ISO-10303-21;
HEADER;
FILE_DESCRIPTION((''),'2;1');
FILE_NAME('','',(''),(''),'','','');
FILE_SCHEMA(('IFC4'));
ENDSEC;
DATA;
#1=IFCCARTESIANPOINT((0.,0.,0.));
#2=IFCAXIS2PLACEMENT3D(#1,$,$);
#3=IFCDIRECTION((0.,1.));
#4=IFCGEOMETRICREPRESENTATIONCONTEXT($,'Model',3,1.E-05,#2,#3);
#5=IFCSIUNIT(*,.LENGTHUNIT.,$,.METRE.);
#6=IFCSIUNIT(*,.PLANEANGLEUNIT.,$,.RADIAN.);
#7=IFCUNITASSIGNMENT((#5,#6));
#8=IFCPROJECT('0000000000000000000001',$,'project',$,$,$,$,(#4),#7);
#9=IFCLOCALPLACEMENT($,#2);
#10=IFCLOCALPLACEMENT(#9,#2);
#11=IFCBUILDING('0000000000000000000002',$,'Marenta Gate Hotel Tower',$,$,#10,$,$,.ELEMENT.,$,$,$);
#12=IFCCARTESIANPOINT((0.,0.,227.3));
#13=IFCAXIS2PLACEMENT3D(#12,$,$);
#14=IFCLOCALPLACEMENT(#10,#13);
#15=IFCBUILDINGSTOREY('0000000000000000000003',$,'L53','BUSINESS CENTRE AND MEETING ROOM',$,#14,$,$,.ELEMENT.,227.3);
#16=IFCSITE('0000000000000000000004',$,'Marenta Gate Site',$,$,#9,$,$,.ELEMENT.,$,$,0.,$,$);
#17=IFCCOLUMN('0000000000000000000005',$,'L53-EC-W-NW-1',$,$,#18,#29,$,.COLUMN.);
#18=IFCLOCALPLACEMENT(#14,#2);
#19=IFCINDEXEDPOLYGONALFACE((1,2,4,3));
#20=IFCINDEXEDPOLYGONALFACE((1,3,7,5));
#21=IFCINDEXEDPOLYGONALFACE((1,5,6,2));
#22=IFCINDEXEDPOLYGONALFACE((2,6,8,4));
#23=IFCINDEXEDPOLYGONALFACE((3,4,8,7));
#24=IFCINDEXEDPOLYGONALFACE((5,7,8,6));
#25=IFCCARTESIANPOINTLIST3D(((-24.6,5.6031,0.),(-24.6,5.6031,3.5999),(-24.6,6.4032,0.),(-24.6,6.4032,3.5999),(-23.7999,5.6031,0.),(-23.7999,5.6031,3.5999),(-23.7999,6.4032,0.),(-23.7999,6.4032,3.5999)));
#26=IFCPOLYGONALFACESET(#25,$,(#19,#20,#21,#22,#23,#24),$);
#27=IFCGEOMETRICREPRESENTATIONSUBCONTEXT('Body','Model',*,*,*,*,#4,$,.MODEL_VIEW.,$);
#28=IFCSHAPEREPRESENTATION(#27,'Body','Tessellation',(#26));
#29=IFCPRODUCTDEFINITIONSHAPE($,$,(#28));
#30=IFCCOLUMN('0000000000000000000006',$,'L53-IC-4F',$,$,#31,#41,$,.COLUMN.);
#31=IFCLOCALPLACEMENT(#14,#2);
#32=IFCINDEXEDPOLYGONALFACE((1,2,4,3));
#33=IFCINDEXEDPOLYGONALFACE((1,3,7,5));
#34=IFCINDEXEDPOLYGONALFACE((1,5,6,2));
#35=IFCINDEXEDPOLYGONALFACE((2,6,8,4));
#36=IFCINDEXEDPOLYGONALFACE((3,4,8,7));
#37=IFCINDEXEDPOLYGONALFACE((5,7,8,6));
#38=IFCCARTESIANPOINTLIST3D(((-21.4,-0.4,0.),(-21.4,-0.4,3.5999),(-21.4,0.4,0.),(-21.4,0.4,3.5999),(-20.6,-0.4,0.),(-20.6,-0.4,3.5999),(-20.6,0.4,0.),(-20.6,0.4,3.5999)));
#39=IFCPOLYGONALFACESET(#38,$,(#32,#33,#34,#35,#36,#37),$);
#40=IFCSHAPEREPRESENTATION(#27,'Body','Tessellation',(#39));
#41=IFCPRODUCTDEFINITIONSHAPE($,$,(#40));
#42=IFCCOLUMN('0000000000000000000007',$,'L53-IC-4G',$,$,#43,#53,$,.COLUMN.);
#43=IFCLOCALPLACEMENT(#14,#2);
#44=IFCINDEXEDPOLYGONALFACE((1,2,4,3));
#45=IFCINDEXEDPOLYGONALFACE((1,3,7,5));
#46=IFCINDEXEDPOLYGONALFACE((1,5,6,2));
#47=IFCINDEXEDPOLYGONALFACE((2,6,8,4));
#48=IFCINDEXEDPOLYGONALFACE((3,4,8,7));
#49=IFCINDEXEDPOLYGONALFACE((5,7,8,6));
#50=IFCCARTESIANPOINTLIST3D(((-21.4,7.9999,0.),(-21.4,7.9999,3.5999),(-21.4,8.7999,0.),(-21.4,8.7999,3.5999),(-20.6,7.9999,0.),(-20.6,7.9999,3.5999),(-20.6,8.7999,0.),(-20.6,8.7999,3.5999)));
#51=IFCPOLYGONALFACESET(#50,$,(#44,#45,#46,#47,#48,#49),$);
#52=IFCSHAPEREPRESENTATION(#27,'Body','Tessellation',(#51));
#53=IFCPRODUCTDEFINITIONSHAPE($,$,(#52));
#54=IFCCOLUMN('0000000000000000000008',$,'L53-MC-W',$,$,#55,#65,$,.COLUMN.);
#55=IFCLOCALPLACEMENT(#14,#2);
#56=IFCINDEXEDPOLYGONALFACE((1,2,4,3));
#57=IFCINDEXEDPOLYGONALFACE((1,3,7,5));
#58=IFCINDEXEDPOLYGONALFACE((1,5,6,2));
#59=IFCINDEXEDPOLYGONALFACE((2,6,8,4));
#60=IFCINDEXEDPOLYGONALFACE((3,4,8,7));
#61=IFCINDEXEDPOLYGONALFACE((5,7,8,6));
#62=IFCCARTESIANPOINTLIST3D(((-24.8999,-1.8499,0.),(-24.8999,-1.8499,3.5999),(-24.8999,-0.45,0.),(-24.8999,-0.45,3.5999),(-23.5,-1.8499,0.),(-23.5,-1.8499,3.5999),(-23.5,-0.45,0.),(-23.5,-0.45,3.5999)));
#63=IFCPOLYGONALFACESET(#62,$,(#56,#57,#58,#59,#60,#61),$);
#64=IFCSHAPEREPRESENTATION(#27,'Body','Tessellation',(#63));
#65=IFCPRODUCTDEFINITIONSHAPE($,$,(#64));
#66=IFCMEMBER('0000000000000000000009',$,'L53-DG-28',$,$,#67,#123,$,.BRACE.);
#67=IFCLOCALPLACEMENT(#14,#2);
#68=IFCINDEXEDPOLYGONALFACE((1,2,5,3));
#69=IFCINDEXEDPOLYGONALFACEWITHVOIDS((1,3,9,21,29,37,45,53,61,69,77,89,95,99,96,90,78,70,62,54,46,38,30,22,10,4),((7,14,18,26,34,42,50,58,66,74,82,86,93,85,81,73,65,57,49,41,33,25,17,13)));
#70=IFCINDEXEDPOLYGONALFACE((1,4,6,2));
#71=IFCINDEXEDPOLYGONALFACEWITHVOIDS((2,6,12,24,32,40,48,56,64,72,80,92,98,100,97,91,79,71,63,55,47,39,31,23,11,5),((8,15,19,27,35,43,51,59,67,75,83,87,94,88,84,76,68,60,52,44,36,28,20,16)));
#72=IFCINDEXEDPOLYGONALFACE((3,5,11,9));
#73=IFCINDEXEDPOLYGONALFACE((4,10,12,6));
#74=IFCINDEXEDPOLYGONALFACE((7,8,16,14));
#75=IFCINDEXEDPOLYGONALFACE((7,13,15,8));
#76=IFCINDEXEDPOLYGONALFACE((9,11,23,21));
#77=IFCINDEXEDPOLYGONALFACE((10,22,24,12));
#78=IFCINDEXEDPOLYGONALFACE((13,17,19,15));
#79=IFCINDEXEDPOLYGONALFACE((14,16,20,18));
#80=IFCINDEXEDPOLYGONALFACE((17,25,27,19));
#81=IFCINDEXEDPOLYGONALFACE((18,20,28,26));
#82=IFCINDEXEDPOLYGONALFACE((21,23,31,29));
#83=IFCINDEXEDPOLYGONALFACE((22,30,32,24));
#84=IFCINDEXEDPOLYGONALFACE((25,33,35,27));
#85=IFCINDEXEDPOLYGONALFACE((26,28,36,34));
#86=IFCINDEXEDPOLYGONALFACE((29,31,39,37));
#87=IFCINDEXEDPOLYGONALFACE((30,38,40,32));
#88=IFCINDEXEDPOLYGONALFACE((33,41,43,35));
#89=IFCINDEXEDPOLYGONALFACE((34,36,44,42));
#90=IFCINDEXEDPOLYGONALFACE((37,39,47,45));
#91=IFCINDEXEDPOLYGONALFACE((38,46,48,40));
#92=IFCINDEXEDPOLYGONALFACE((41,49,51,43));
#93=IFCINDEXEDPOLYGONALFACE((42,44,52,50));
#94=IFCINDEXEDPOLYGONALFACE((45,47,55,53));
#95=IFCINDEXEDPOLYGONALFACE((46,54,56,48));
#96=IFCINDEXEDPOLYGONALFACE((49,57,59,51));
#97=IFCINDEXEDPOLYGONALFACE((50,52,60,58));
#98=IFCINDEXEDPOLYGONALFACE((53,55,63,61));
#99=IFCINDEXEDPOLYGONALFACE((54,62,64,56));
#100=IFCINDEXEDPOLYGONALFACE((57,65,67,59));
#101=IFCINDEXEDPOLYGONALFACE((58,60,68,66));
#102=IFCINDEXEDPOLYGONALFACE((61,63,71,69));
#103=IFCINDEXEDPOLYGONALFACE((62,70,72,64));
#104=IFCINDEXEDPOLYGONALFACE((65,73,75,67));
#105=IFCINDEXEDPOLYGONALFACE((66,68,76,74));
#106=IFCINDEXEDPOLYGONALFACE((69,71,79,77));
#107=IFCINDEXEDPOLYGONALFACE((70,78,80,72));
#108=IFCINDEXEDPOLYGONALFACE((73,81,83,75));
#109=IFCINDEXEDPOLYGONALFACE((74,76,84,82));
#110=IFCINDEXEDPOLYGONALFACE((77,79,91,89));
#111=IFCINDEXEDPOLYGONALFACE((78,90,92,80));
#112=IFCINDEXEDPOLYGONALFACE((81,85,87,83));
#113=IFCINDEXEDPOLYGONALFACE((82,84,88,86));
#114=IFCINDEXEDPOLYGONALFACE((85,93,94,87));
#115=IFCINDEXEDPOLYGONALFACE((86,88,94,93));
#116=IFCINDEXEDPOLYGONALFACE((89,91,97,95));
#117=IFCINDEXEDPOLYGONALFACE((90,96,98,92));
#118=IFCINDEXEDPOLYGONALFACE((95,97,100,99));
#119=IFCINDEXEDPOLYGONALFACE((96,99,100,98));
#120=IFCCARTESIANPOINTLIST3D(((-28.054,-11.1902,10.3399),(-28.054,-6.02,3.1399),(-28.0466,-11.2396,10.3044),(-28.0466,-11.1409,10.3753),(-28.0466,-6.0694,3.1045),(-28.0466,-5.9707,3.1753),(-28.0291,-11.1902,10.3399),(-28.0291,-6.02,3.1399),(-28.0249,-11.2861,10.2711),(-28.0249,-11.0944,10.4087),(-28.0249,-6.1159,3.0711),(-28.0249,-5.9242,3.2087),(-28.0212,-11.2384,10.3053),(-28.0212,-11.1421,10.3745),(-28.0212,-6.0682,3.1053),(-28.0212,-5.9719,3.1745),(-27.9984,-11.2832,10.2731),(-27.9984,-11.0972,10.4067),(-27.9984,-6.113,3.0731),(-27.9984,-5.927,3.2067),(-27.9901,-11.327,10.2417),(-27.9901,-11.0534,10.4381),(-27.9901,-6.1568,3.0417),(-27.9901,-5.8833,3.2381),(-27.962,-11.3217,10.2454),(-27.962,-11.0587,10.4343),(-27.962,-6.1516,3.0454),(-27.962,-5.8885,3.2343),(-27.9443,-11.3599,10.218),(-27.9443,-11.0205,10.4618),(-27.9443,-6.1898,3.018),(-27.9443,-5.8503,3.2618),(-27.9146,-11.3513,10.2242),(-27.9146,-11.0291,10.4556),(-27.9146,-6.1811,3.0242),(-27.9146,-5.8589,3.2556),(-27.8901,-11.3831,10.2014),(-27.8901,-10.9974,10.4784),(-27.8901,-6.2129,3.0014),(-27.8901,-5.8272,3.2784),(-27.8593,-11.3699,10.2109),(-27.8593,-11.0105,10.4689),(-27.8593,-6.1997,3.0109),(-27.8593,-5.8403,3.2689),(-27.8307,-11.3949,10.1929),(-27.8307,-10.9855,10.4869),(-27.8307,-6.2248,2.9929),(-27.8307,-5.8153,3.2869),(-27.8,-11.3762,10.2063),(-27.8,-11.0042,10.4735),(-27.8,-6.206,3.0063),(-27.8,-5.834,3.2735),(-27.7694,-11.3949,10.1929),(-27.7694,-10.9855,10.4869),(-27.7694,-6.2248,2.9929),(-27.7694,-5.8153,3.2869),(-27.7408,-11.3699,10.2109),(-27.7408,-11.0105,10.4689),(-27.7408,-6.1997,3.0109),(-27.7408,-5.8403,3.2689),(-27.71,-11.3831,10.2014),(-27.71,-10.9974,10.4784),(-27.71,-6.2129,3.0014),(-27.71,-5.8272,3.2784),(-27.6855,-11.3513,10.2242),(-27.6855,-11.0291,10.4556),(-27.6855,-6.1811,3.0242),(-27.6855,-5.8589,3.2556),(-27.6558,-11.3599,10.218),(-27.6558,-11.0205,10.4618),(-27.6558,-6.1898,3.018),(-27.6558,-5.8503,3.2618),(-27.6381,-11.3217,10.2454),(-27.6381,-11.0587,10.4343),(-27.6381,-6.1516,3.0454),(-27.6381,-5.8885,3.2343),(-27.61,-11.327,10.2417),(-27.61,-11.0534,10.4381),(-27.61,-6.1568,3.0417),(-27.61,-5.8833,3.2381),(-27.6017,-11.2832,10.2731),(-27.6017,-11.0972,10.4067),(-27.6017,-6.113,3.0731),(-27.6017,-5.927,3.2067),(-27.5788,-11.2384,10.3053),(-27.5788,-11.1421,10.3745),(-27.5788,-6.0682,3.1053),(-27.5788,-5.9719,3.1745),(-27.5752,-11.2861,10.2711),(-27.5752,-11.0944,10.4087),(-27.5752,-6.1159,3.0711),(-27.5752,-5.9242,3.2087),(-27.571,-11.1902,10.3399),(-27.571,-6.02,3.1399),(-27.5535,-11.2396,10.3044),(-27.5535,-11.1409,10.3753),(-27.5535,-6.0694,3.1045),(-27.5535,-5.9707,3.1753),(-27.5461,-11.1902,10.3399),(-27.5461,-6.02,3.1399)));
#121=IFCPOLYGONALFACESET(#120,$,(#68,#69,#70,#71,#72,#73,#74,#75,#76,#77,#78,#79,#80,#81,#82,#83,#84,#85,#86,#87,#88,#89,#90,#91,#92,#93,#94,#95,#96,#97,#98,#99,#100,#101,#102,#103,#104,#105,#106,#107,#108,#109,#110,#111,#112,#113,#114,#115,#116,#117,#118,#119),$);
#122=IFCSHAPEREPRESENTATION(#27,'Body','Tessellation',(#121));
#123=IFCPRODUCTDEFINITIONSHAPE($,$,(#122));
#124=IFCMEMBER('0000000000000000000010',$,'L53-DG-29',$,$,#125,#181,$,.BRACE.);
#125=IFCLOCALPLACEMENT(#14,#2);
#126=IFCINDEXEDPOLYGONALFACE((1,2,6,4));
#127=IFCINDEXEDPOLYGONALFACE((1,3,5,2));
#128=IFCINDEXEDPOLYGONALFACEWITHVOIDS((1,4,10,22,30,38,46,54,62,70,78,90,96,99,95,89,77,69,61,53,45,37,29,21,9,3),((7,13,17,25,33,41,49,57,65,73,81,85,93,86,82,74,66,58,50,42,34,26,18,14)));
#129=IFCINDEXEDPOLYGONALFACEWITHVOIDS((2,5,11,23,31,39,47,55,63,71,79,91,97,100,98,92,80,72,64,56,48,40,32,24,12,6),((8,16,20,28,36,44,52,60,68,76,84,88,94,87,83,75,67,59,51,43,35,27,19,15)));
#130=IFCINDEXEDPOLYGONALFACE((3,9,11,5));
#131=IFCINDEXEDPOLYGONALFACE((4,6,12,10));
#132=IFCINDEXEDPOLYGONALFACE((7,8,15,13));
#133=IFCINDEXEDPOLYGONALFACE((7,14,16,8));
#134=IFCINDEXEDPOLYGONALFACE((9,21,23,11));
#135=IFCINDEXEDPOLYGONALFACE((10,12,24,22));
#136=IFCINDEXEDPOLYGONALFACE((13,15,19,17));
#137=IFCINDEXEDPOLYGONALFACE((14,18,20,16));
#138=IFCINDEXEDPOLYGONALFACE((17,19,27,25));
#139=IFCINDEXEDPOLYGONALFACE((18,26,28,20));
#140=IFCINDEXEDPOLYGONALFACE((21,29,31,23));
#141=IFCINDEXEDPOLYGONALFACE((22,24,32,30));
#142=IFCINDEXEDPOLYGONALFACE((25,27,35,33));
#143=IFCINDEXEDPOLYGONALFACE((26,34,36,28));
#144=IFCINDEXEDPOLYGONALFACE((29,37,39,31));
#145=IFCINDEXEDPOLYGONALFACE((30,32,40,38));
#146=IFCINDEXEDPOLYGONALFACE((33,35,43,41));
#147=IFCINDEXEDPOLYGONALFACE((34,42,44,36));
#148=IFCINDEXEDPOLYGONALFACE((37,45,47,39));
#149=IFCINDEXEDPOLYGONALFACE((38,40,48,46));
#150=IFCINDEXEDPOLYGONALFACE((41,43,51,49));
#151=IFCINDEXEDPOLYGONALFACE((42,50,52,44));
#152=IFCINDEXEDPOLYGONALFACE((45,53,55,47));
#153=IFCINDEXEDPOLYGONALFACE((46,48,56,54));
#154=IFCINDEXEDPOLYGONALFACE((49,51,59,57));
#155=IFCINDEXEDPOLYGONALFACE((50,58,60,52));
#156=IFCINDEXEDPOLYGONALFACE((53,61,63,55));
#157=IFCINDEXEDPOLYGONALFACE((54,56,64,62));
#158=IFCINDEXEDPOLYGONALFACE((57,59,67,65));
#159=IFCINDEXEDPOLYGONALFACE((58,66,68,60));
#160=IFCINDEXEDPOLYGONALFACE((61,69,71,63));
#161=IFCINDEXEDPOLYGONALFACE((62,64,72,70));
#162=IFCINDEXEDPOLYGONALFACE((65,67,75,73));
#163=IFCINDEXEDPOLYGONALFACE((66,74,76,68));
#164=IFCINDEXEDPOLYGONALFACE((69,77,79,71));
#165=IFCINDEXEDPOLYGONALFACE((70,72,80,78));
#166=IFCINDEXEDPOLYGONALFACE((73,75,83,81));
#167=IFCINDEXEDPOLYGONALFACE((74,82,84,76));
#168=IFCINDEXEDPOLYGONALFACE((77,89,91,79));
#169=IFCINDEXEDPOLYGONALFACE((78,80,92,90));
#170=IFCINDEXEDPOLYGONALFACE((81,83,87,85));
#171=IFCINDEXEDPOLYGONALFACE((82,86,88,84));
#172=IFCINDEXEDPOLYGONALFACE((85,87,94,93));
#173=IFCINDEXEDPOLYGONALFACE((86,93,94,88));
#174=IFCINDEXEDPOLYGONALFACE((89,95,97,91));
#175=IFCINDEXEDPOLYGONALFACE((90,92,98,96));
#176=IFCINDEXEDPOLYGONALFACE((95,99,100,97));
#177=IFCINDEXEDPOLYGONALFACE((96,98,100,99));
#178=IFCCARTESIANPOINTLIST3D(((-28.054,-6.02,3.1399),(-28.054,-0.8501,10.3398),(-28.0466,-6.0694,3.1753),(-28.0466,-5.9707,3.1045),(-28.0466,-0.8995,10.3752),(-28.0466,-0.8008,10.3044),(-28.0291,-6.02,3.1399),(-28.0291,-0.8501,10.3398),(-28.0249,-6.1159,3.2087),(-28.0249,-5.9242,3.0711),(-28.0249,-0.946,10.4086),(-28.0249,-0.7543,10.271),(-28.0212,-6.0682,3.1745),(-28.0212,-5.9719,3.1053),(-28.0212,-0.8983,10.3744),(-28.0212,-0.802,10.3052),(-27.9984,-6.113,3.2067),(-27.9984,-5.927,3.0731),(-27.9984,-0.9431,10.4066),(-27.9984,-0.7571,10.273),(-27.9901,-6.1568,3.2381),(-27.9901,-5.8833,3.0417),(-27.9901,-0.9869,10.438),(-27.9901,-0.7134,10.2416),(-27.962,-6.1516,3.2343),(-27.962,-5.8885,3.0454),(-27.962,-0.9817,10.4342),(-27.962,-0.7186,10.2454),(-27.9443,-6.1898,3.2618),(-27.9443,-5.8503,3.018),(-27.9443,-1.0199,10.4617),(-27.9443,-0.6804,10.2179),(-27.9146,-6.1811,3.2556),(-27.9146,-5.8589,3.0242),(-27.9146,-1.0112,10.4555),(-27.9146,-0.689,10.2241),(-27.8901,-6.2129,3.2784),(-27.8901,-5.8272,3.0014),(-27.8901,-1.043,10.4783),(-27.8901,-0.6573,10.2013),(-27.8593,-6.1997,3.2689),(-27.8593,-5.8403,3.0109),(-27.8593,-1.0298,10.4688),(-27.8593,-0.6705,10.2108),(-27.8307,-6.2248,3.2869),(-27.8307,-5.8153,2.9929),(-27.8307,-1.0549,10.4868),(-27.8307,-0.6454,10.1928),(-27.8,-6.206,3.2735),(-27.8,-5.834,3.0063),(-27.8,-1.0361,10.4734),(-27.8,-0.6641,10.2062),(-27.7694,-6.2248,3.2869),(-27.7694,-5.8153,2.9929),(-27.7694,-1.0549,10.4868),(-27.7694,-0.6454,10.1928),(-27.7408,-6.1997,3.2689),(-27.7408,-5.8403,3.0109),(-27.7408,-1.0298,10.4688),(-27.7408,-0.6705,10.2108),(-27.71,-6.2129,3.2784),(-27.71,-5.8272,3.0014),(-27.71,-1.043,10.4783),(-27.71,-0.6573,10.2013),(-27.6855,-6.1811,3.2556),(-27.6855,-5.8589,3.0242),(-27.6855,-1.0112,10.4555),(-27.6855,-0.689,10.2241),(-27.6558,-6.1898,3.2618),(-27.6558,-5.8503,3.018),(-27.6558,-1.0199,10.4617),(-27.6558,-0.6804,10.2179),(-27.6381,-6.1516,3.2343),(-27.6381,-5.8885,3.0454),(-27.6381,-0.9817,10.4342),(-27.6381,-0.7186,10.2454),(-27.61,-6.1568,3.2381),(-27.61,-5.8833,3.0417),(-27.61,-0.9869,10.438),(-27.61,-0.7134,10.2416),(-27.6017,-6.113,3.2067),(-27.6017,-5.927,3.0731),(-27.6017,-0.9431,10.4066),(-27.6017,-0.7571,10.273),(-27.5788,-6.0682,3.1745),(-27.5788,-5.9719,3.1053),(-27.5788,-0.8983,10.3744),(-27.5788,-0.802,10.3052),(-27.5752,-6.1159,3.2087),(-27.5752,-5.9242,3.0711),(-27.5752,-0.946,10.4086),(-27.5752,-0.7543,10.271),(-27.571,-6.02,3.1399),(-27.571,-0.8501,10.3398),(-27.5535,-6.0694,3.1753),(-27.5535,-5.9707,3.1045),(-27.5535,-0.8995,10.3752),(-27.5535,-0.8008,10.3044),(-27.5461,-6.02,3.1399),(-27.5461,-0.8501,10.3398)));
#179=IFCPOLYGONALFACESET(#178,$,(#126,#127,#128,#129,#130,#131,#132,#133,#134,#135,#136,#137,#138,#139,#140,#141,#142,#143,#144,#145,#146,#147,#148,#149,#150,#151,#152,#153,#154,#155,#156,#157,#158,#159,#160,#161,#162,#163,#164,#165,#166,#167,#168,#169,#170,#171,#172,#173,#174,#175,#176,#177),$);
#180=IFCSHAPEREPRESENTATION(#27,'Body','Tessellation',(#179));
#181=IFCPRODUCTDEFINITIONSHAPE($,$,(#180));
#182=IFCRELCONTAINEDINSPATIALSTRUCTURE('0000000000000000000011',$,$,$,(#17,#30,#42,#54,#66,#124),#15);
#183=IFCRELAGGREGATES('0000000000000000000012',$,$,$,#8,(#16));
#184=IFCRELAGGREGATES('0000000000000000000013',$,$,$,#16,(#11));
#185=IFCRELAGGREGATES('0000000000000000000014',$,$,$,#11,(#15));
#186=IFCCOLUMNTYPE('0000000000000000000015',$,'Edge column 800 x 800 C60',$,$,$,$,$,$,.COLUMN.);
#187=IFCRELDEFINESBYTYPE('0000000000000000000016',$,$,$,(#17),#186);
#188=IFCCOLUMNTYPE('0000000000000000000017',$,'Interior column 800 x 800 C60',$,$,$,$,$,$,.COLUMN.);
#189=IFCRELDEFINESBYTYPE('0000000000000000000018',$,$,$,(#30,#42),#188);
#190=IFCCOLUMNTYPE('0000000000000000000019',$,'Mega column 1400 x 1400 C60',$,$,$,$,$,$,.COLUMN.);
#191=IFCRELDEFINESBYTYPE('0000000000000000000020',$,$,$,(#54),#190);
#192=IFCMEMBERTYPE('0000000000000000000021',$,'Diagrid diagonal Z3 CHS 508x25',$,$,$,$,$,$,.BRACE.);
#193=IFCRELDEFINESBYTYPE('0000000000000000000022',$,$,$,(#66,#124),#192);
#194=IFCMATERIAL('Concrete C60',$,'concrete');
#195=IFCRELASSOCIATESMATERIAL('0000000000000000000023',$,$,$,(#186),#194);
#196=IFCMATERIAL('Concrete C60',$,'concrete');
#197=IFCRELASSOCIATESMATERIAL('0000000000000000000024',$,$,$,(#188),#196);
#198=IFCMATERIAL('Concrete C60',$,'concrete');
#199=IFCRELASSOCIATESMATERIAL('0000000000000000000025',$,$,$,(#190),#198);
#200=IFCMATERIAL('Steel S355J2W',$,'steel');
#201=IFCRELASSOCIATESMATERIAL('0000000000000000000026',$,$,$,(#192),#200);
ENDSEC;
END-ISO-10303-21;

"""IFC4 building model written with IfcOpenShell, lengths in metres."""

from ifc_helpers import new_model, si_unit, direction, frame, origin, origin_2d, place, context, subcontext, project, spatial, rectangle, hollow_circle, extrude, material, material_profile, profile_set, type_object, element, save


model = new_model("IFC4")

# Units and contexts
model_context = context("Model", 3, precision=1e-05, world=origin(), true_north=direction((0.0, 1.0)))
body_context = subcontext(model_context, "Body", "Model", "MODEL_VIEW")
ifc_project = project(units=[si_unit("LENGTHUNIT", "METRE"), si_unit("PLANEANGLEUNIT", "RADIAN")], contexts=[model_context])

# Site, building, storey
site_placement = place(None, origin())
site = spatial("IfcSite", under=ifc_project, at=site_placement, Name="Marenta Gate Site", CompositionType="ELEMENT", RefElevation=0.0)
building_placement = place(site_placement, origin())
building = spatial("IfcBuilding", under=site, at=building_placement, Name="Marenta Gate Hotel Tower", CompositionType="ELEMENT")
storey_placement = place(building_placement, frame((0.0, 0.0, 227.3)))
storey = spatial("IfcBuildingStorey", under=building, at=storey_placement, Name="L53", Description="BUSINESS CENTRE AND MEETING ROOM", CompositionType="ELEMENT", Elevation=227.3)

# Columns
ifc_material_1 = material(Name="Concrete C60", Category="concrete")
ifc_material_profile_1 = material_profile(ifc_material_1, rectangle(XDim=0.8, YDim=0.8, at=origin_2d()), Name="800 x 800")
ifc_profile_set_1 = profile_set([ifc_material_profile_1], Name="Concrete C60")
column_type_1 = type_object("IfcColumnType", Name="Edge column 800 x 800 C60", PredefinedType="COLUMN", material=ifc_profile_set_1)
column_1_placement = place(storey_placement, frame((-24.2, 6.0032, 0.0), z_axis=(0.0, 0.0, 1.0), x_axis=(1.0, 0.0, 0.0)))
element("IfcColumn", 1, at=column_1_placement, inside=storey, type_object=column_type_1, Name="L53-EC-W-NW-1", PredefinedType="COLUMN", context=body_context, shape_type="SweptSolid", body=[
    extrude(rectangle(XDim=0.8, YDim=0.8, at=origin_2d()), origin(), (0.0, 0.0, 1.0), 3.5999),
])
ifc_material_2 = material(Name="Concrete C60", Category="concrete")
ifc_material_profile_2 = material_profile(ifc_material_2, rectangle(XDim=0.8, YDim=0.8, at=origin_2d()), Name="800 x 800")
ifc_profile_set_2 = profile_set([ifc_material_profile_2], Name="Concrete C60")
column_type_2 = type_object("IfcColumnType", Name="Interior column 800 x 800 C60", PredefinedType="COLUMN", material=ifc_profile_set_2)
for number, where, z_axis, x_axis, name in (
    (2, (-21.0, 0.0, 0.0), (0.0, 0.0, 1.0), (1.0, 0.0, 0.0), "L53-IC-4F"),
    (3, (-21.0, 8.3999, 0.0), (0.0, 0.0, 1.0), (1.0, 0.0, 0.0), "L53-IC-4G"),
):
    element("IfcColumn", number, at=place(storey_placement, frame(where, z_axis=z_axis, x_axis=x_axis)), inside=storey, type_object=column_type_2, Name=name, PredefinedType="COLUMN", context=body_context, shape_type="SweptSolid", body=[
        extrude(rectangle(XDim=0.8, YDim=0.8, at=origin_2d()), origin(), (0.0, 0.0, 1.0), 3.5999),
    ])
ifc_material_3 = material(Name="Concrete C60", Category="concrete")
ifc_material_profile_3 = material_profile(ifc_material_3, rectangle(XDim=1.3999, YDim=1.3999, at=origin_2d()), Name="1400 x 1400")
ifc_profile_set_3 = profile_set([ifc_material_profile_3], Name="Concrete C60")
column_type_3 = type_object("IfcColumnType", Name="Mega column 1400 x 1400 C60", PredefinedType="COLUMN", material=ifc_profile_set_3)
column_2_placement = place(storey_placement, frame((-24.2, -1.1499, 0.0), z_axis=(0.0, 0.0, 1.0), x_axis=(1.0, 0.0, 0.0)))
element("IfcColumn", 4, at=column_2_placement, inside=storey, type_object=column_type_3, Name="L53-MC-W", PredefinedType="COLUMN", context=body_context, shape_type="SweptSolid", body=[
    extrude(rectangle(XDim=1.3999, YDim=1.3999, at=origin_2d()), origin(), (0.0, 0.0, 1.0), 3.5999),
])

# Members
ifc_material_4 = material(Name="Steel S355J2W", Category="steel")
ifc_material_profile_4 = material_profile(ifc_material_4, hollow_circle(Radius=0.2539, WallThickness=0.0249, at=origin_2d()), Name="CHS 508x25")
ifc_profile_set_4 = profile_set([ifc_material_profile_4], Name="Steel S355J2W")
member_type_1 = type_object("IfcMemberType", Name="Diagrid diagonal Z3 CHS 508x25", PredefinedType="BRACE", material=ifc_profile_set_4)
member_1_placement = place(storey_placement, frame((-27.8, -6.02, 3.1399), z_axis=(0.0, -0.583279, 0.812272), x_axis=(1.0, 0.0, 0.0)))
element("IfcMember", 5, at=member_1_placement, inside=storey, type_object=member_type_1, Name="L53-DG-28", PredefinedType="BRACE", context=body_context, shape_type="SweptSolid", body=[
    extrude(hollow_circle(Radius=0.2539, WallThickness=0.0249, at=origin_2d()), origin(), (0.0, 0.0, 1.0), 8.864),
])
for number, where, z_axis, x_axis, name in (
    (6, (-27.8, -6.02, 3.1399), (0.0, 0.583261, 0.812285), (-1.0, 0.0, 0.0), "L53-DG-29"),
):
    element("IfcMember", number, at=place(storey_placement, frame(where, z_axis=z_axis, x_axis=x_axis)), inside=storey, type_object=member_type_1, Name=name, PredefinedType="BRACE", context=body_context, shape_type="SweptSolid", body=[
        extrude(hollow_circle(Radius=0.2539, WallThickness=0.0249, at=origin_2d()), origin(), (0.0, 0.0, 1.0), 8.8638),
    ])

save(model, "model.ifc")
